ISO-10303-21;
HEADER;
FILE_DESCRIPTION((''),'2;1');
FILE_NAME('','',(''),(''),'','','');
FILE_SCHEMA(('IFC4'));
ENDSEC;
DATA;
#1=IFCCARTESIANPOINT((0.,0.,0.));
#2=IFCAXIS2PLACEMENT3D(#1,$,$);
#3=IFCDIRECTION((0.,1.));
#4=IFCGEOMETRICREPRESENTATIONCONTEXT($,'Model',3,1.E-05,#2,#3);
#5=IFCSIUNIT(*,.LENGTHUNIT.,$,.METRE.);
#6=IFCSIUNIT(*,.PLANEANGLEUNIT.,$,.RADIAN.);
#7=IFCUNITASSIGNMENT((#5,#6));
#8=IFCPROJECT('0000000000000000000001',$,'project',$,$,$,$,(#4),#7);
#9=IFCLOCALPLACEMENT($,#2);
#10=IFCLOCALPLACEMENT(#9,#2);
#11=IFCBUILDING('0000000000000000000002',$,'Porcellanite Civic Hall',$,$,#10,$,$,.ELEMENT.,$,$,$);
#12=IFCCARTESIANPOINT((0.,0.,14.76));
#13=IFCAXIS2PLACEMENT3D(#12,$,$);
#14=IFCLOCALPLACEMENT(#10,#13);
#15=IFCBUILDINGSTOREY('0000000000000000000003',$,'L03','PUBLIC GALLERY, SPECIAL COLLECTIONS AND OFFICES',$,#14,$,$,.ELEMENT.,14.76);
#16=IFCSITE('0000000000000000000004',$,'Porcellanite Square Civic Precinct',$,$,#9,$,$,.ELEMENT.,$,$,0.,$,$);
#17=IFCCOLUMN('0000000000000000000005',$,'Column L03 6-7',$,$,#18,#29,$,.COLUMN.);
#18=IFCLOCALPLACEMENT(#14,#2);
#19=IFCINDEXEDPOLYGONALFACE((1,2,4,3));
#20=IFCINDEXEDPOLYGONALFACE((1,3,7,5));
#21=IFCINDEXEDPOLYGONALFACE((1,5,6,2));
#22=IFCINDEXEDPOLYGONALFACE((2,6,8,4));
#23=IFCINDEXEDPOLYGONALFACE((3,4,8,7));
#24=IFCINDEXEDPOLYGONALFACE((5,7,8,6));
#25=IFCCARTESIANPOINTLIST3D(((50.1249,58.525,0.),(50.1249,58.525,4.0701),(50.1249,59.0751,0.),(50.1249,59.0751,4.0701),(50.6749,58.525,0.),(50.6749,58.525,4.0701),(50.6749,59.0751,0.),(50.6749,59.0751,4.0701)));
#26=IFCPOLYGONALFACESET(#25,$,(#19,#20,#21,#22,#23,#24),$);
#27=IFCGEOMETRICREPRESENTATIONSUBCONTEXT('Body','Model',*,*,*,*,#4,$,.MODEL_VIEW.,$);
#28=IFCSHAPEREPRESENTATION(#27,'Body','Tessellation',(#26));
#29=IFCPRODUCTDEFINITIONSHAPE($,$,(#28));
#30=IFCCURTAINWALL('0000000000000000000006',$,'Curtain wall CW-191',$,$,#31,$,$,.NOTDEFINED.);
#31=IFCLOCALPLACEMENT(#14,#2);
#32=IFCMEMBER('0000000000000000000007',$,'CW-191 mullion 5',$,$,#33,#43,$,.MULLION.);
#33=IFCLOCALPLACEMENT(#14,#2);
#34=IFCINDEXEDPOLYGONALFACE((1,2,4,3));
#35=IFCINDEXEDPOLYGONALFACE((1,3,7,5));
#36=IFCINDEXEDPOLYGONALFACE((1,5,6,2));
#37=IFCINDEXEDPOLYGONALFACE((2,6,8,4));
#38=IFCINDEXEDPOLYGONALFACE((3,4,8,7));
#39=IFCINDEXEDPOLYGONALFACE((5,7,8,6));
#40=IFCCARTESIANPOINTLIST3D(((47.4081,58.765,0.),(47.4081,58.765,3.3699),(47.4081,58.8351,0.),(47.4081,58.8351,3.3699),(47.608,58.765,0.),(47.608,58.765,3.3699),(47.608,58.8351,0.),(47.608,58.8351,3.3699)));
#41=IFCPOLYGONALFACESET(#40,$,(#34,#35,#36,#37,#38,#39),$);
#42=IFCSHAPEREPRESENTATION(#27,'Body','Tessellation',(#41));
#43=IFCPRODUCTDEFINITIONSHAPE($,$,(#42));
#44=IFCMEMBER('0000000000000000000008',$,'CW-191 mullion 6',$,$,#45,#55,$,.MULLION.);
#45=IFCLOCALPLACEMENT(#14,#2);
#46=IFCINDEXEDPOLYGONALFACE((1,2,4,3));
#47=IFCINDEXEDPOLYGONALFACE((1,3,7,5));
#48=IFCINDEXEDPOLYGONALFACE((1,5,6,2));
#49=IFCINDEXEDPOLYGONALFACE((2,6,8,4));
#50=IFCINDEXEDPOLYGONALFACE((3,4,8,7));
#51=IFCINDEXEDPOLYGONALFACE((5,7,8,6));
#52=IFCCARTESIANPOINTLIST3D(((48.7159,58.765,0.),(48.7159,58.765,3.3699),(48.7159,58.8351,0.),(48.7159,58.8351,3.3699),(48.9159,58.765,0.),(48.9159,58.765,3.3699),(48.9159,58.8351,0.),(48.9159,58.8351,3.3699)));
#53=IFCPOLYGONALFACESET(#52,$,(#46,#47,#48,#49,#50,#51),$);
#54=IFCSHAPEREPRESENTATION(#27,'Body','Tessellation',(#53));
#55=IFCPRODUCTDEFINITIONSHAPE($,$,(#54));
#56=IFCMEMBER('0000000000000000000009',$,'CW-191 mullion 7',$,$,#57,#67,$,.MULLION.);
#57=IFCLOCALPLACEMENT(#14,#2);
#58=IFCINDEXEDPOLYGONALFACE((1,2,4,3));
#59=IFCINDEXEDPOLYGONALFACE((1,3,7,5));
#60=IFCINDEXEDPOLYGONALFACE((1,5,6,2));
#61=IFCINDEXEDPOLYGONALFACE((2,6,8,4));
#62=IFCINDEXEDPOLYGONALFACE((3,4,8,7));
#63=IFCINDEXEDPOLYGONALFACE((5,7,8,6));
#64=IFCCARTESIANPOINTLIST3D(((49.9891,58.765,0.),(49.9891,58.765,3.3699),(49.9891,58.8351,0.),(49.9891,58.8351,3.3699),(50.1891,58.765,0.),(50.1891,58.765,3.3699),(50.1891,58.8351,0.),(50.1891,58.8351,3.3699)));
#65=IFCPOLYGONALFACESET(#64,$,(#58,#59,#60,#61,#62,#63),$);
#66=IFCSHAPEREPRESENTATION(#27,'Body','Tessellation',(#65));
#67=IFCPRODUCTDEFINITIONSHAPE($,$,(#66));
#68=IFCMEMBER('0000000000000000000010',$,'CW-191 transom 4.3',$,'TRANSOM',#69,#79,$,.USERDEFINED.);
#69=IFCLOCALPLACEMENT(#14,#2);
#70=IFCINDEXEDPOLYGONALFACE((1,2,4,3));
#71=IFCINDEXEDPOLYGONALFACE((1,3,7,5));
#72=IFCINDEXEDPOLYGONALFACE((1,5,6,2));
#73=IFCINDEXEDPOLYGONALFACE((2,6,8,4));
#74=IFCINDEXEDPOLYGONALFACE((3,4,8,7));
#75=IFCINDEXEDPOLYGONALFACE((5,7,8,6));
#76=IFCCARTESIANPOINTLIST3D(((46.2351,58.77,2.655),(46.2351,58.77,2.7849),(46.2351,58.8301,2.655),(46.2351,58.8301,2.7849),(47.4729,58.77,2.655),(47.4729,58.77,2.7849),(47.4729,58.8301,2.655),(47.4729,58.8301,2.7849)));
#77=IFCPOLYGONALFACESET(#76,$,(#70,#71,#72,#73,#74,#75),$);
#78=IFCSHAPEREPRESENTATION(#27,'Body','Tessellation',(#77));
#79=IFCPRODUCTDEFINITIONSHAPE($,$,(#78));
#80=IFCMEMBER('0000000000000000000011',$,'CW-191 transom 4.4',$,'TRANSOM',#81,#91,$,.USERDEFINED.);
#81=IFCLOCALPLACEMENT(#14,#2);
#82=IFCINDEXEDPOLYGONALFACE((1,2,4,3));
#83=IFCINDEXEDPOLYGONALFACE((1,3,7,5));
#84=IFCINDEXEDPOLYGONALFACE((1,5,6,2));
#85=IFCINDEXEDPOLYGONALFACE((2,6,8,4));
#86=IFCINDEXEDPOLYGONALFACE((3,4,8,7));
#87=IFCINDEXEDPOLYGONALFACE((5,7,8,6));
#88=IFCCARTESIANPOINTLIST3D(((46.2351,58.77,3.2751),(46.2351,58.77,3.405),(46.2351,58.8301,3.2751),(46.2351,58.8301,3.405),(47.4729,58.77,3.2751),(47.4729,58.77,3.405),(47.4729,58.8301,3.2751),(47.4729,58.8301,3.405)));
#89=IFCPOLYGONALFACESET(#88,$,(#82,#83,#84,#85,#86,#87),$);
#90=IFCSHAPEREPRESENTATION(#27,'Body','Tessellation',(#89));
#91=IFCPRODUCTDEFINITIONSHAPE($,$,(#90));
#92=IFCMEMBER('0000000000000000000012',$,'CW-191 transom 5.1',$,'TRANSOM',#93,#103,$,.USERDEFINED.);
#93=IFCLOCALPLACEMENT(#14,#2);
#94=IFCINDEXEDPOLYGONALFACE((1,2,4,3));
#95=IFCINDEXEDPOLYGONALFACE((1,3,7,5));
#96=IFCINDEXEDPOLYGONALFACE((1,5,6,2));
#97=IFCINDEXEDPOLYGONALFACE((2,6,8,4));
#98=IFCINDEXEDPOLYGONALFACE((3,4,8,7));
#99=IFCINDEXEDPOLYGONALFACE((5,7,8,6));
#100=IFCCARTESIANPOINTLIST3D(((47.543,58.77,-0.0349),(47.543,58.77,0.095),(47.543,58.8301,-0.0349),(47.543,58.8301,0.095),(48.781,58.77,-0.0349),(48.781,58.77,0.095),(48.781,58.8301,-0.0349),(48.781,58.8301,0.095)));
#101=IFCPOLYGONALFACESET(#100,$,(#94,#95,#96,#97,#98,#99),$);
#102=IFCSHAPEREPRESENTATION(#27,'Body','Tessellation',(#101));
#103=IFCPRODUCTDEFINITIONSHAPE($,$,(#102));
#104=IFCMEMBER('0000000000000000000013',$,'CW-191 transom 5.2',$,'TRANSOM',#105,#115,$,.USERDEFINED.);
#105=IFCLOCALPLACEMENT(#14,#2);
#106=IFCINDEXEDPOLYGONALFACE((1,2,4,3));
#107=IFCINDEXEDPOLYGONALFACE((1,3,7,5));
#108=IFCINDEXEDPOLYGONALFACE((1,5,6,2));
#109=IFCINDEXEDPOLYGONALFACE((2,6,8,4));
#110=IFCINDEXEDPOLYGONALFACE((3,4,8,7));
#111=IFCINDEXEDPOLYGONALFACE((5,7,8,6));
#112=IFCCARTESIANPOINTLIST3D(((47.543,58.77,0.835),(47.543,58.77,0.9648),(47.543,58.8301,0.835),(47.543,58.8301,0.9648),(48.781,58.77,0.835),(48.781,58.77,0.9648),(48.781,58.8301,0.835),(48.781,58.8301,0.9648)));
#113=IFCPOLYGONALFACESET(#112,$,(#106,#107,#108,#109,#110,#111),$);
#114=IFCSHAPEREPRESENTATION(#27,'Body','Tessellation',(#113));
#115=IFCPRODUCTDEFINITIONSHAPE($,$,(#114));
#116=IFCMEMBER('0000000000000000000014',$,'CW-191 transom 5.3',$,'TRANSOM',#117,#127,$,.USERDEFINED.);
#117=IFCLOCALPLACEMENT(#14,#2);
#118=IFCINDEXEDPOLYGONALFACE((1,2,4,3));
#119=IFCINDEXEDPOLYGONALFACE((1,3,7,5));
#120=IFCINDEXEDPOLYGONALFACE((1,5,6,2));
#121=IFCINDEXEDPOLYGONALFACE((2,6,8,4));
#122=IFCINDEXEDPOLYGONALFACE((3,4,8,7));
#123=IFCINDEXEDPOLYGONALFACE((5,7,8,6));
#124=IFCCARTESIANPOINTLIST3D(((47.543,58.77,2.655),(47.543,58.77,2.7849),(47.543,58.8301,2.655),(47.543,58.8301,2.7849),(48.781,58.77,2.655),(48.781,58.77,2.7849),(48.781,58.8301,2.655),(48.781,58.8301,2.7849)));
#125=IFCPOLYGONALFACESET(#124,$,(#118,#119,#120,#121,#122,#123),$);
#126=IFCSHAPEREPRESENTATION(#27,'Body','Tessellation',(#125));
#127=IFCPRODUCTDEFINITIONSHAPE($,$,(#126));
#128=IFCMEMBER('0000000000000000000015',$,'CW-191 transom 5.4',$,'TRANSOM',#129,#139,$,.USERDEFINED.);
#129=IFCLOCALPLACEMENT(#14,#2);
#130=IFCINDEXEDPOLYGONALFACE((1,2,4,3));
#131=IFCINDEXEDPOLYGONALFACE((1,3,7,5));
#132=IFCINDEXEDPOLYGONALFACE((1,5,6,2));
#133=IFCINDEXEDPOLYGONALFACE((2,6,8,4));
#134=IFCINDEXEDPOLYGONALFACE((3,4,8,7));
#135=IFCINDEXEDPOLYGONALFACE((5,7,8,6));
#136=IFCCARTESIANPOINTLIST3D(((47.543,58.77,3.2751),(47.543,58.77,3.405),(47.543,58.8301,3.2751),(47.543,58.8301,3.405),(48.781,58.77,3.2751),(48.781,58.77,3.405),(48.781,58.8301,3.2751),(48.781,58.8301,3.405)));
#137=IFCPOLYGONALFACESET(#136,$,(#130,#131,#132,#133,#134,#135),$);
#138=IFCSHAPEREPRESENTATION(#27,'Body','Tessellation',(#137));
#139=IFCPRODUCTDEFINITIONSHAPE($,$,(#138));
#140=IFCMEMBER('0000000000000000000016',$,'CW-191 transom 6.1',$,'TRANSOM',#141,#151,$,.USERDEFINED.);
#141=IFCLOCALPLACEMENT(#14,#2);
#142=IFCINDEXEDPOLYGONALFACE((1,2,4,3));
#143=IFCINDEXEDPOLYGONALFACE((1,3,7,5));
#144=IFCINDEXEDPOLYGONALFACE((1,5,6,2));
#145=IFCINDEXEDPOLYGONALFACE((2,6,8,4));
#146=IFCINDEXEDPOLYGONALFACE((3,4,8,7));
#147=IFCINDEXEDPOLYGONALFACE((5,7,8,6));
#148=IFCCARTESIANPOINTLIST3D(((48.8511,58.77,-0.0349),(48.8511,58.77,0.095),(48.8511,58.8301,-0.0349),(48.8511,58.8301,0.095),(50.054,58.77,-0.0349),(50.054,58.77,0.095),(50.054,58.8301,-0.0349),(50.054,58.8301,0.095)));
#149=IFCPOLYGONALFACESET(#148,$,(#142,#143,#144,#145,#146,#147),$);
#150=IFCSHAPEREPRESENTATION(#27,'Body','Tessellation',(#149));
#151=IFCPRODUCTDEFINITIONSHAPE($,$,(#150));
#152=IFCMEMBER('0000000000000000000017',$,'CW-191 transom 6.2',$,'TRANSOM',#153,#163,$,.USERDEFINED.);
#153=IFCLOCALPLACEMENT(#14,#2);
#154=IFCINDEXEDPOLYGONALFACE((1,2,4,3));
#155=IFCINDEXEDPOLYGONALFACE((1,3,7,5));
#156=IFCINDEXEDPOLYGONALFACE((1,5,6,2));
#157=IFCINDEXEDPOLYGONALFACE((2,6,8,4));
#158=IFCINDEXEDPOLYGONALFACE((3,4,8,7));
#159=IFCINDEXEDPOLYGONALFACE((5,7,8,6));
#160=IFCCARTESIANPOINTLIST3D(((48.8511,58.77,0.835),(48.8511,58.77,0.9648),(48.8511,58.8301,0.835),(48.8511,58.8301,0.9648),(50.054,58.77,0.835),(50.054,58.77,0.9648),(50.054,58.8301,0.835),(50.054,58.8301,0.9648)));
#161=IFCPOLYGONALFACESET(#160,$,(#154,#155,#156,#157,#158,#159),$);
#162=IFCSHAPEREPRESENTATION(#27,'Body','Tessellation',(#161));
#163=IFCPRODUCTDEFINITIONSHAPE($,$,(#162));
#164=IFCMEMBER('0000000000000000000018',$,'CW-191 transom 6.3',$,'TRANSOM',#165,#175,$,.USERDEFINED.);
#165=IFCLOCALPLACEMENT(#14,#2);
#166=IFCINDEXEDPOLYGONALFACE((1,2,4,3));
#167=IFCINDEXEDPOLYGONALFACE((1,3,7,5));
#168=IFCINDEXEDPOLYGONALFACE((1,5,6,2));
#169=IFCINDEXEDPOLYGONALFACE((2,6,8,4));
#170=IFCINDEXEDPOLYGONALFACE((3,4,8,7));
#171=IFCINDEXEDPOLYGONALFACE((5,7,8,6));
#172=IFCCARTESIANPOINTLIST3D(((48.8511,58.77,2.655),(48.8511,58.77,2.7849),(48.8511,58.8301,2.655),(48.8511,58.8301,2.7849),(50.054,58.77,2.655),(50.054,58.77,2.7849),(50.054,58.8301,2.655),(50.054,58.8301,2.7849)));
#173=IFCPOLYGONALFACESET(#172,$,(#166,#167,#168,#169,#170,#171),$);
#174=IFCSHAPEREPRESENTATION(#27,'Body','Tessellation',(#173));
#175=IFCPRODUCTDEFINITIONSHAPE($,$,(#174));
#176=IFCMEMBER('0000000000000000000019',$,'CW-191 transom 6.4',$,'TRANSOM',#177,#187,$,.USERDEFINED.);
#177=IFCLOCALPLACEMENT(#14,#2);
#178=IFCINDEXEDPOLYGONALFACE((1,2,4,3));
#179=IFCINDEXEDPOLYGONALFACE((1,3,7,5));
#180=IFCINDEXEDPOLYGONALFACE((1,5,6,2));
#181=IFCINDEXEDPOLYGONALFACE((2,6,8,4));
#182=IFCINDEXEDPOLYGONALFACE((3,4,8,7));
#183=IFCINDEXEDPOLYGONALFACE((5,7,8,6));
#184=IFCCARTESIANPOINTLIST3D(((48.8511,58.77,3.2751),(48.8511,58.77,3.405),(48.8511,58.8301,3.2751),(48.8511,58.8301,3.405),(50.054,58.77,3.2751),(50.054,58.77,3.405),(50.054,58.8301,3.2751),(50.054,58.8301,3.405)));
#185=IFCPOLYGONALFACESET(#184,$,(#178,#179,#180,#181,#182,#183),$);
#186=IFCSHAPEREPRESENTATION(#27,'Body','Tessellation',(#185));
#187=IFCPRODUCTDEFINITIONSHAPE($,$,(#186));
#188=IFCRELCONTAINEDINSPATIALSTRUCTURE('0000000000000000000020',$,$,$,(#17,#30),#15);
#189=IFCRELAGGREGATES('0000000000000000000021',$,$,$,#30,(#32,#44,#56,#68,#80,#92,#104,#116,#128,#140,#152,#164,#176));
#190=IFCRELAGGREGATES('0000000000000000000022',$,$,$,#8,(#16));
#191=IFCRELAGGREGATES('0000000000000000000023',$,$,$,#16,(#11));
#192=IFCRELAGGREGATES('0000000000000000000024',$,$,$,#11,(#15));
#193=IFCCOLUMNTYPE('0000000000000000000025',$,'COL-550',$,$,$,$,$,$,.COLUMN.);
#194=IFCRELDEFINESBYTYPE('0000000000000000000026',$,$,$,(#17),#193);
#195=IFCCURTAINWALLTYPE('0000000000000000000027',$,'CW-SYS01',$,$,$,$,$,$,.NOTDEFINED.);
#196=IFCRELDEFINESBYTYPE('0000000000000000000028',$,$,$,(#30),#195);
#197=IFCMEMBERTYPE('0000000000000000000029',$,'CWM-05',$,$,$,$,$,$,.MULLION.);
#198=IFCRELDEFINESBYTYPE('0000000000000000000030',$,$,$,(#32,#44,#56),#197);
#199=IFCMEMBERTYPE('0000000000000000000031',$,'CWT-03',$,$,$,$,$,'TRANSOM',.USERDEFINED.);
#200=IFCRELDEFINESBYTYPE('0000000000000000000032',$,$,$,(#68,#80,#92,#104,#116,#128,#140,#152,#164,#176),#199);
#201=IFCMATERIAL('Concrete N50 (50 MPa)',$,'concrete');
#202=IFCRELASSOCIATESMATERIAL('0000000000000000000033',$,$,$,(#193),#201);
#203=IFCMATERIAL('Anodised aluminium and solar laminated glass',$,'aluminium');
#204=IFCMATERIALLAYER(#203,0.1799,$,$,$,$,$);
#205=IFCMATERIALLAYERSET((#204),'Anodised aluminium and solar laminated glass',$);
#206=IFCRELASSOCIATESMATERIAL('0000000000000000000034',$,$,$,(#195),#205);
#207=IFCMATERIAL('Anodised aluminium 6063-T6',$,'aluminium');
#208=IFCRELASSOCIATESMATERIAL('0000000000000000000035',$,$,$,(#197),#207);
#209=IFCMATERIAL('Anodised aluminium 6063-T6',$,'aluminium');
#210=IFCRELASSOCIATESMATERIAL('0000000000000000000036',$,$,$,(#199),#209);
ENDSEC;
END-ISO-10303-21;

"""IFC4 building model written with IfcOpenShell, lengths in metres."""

from ifc_helpers import new_model, si_unit, direction, frame, origin, origin_2d, place, context, subcontext, project, spatial, rectangle, extrude, material, layer, layer_set, material_profile, profile_set, type_object, element, aggregate, save


model = new_model("IFC4")

# Units and contexts
model_context = context("Model", 3, precision=1e-05, world=origin(), true_north=direction((0.0, 1.0)))
body_context = subcontext(model_context, "Body", "Model", "MODEL_VIEW")
ifc_project = project(units=[si_unit("LENGTHUNIT", "METRE"), si_unit("PLANEANGLEUNIT", "RADIAN")], contexts=[model_context])

# Site, building, storey
site_placement = place(None, origin())
site = spatial("IfcSite", under=ifc_project, at=site_placement, Name="Porcellanite Square Civic Precinct", CompositionType="ELEMENT", RefElevation=0.0)
building_placement = place(site_placement, origin())
building = spatial("IfcBuilding", under=site, at=building_placement, Name="Porcellanite Civic Hall", CompositionType="ELEMENT")
storey_placement = place(building_placement, frame((0.0, 0.0, 14.76)))
storey = spatial("IfcBuildingStorey", under=building, at=storey_placement, Name="L03", Description="PUBLIC GALLERY, SPECIAL COLLECTIONS AND OFFICES", CompositionType="ELEMENT", Elevation=14.76)

# Column
ifc_material_1 = material(Name="Concrete N50 (50 MPa)", Category="concrete")
ifc_material_profile_1 = material_profile(ifc_material_1, rectangle(XDim=0.55, YDim=0.55, at=origin_2d()), Name="RC-550x550")
ifc_profile_set_1 = profile_set([ifc_material_profile_1], Name="Concrete N50 (50 MPa)")
column_type = type_object("IfcColumnType", Name="COL-550", PredefinedType="COLUMN", material=ifc_profile_set_1)
column_placement = place(storey_placement, frame((50.3999, 58.8, 0.0), z_axis=(0.0, 0.0, 1.0), x_axis=(1.0, 0.0, 0.0)))
element("IfcColumn", 1, at=column_placement, inside=storey, type_object=column_type, Name="Column L03 6-7", PredefinedType="COLUMN", context=body_context, shape_type="SweptSolid", body=[
    extrude(rectangle(XDim=0.55, YDim=0.55, at=origin_2d()), origin(), (0.0, 0.0, 1.0), 4.0701),
])

# Curtain wall, members
ifc_material_2 = material(Name="Anodised aluminium and solar laminated glass", Category="aluminium")
ifc_layer_1 = layer(ifc_material_2, 0.1799)
ifc_layer_set_1 = layer_set([ifc_layer_1], Name="Anodised aluminium and solar laminated glass")
curtain_wall_type = type_object("IfcCurtainWallType", Name="CW-SYS01", PredefinedType="NOTDEFINED", material=ifc_layer_set_1)
curtain_wall_placement = place(storey_placement, origin())
curtain_wall = element("IfcCurtainWall", 2, at=curtain_wall_placement, inside=storey, type_object=curtain_wall_type, Name="Curtain wall CW-191", PredefinedType="NOTDEFINED")
ifc_material_3 = material(Name="Anodised aluminium 6063-T6", Category="aluminium")
ifc_material_profile_2 = material_profile(ifc_material_3, rectangle(XDim=0.0701, YDim=0.2, at=origin_2d()), Name="AL-70x200")
ifc_profile_set_2 = profile_set([ifc_material_profile_2], Name="Anodised aluminium 6063-T6")
member_type_1 = type_object("IfcMemberType", Name="CWM-05", PredefinedType="MULLION", material=ifc_profile_set_2)
member_1_placement = place(storey_placement, frame((47.5081, 58.8, 0.0), z_axis=(0.0, 0.0, 1.0), x_axis=(0.0, 1.0, 0.0)))
member_1 = element("IfcMember", 3, at=member_1_placement, type_object=member_type_1, Name="CW-191 mullion 5", PredefinedType="MULLION", context=body_context, shape_type="SweptSolid", body=[
    extrude(rectangle(XDim=0.0701, YDim=0.2, at=origin_2d()), origin(), (0.0, 0.0, 1.0), 3.3699),
])
member_2_placement = place(storey_placement, frame((48.8159, 58.8, 0.0), z_axis=(0.0, 0.0, 1.0), x_axis=(0.0, 1.0, 0.0)))
member_2 = element("IfcMember", 4, at=member_2_placement, type_object=member_type_1, Name="CW-191 mullion 6", PredefinedType="MULLION", context=body_context, shape_type="SweptSolid", body=[
    extrude(rectangle(XDim=0.0701, YDim=0.2, at=origin_2d()), origin(), (0.0, 0.0, 1.0), 3.3699),
])
member_3_placement = place(storey_placement, frame((50.0891, 58.8, 0.0), z_axis=(0.0, 0.0, 1.0), x_axis=(0.0, 1.0, 0.0)))
member_3 = element("IfcMember", 5, at=member_3_placement, type_object=member_type_1, Name="CW-191 mullion 7", PredefinedType="MULLION", context=body_context, shape_type="SweptSolid", body=[
    extrude(rectangle(XDim=0.0701, YDim=0.2, at=origin_2d()), origin(), (0.0, 0.0, 1.0), 3.3699),
])
ifc_material_4 = material(Name="Anodised aluminium 6063-T6", Category="aluminium")
ifc_material_profile_3 = material_profile(ifc_material_4, rectangle(XDim=0.0601, YDim=0.1299, at=origin_2d()), Name="AL-60x130")
ifc_profile_set_3 = profile_set([ifc_material_profile_3], Name="Anodised aluminium 6063-T6")
member_type_2 = type_object("IfcMemberType", Name="CWT-03", ElementType="TRANSOM", PredefinedType="USERDEFINED", material=ifc_profile_set_3)
member_4_placement = place(storey_placement, frame((46.2351, 58.8, 2.72), z_axis=(1.0, 0.0, 0.0), x_axis=(0.0, 1.0, 0.0)))
member_4 = element("IfcMember", 6, at=member_4_placement, type_object=member_type_2, Name="CW-191 transom 4.3", ObjectType="TRANSOM", PredefinedType="USERDEFINED", context=body_context, shape_type="SweptSolid", body=[
    extrude(rectangle(XDim=0.0601, YDim=0.1299, at=origin_2d()), origin(), (0.0, 0.0, 1.0), 1.2378),
])
member_5_placement = place(storey_placement, frame((46.2351, 58.8, 3.3401), z_axis=(1.0, 0.0, 0.0), x_axis=(0.0, 1.0, 0.0)))
member_5 = element("IfcMember", 7, at=member_5_placement, type_object=member_type_2, Name="CW-191 transom 4.4", ObjectType="TRANSOM", PredefinedType="USERDEFINED", context=body_context, shape_type="SweptSolid", body=[
    extrude(rectangle(XDim=0.0601, YDim=0.1299, at=origin_2d()), origin(), (0.0, 0.0, 1.0), 1.2378),
])
member_6_placement = place(storey_placement, frame((47.543, 58.8, 0.03), z_axis=(1.0, 0.0, 0.0), x_axis=(0.0, 1.0, 0.0)))
member_6 = element("IfcMember", 8, at=member_6_placement, type_object=member_type_2, Name="CW-191 transom 5.1", ObjectType="TRANSOM", PredefinedType="USERDEFINED", context=body_context, shape_type="SweptSolid", body=[
    extrude(rectangle(XDim=0.0601, YDim=0.1299, at=origin_2d()), origin(), (0.0, 0.0, 1.0), 1.238),
])
member_7_placement = place(storey_placement, frame((47.543, 58.8, 0.8999), z_axis=(1.0, 0.0, 0.0), x_axis=(0.0, 1.0, 0.0)))
member_7 = element("IfcMember", 9, at=member_7_placement, type_object=member_type_2, Name="CW-191 transom 5.2", ObjectType="TRANSOM", PredefinedType="USERDEFINED", context=body_context, shape_type="SweptSolid", body=[
    extrude(rectangle(XDim=0.0601, YDim=0.1299, at=origin_2d()), origin(), (0.0, 0.0, 1.0), 1.238),
])
member_8_placement = place(storey_placement, frame((47.543, 58.8, 2.72), z_axis=(1.0, 0.0, 0.0), x_axis=(0.0, 1.0, 0.0)))
member_8 = element("IfcMember", 10, at=member_8_placement, type_object=member_type_2, Name="CW-191 transom 5.3", ObjectType="TRANSOM", PredefinedType="USERDEFINED", context=body_context, shape_type="SweptSolid", body=[
    extrude(rectangle(XDim=0.0601, YDim=0.1299, at=origin_2d()), origin(), (0.0, 0.0, 1.0), 1.238),
])
member_9_placement = place(storey_placement, frame((47.543, 58.8, 3.3401), z_axis=(1.0, 0.0, 0.0), x_axis=(0.0, 1.0, 0.0)))
member_9 = element("IfcMember", 11, at=member_9_placement, type_object=member_type_2, Name="CW-191 transom 5.4", ObjectType="TRANSOM", PredefinedType="USERDEFINED", context=body_context, shape_type="SweptSolid", body=[
    extrude(rectangle(XDim=0.0601, YDim=0.1299, at=origin_2d()), origin(), (0.0, 0.0, 1.0), 1.238),
])
member_10_placement = place(storey_placement, frame((48.8511, 58.8, 0.03), z_axis=(1.0, 0.0, 0.0), x_axis=(0.0, 1.0, 0.0)))
member_10 = element("IfcMember", 12, at=member_10_placement, type_object=member_type_2, Name="CW-191 transom 6.1", ObjectType="TRANSOM", PredefinedType="USERDEFINED", context=body_context, shape_type="SweptSolid", body=[
    extrude(rectangle(XDim=0.0601, YDim=0.1299, at=origin_2d()), origin(), (0.0, 0.0, 1.0), 1.2029),
])
member_11_placement = place(storey_placement, frame((48.8511, 58.8, 0.8999), z_axis=(1.0, 0.0, 0.0), x_axis=(0.0, 1.0, 0.0)))
member_11 = element("IfcMember", 13, at=member_11_placement, type_object=member_type_2, Name="CW-191 transom 6.2", ObjectType="TRANSOM", PredefinedType="USERDEFINED", context=body_context, shape_type="SweptSolid", body=[
    extrude(rectangle(XDim=0.0601, YDim=0.1299, at=origin_2d()), origin(), (0.0, 0.0, 1.0), 1.2029),
])
member_12_placement = place(storey_placement, frame((48.8511, 58.8, 2.72), z_axis=(1.0, 0.0, 0.0), x_axis=(0.0, 1.0, 0.0)))
member_12 = element("IfcMember", 14, at=member_12_placement, type_object=member_type_2, Name="CW-191 transom 6.3", ObjectType="TRANSOM", PredefinedType="USERDEFINED", context=body_context, shape_type="SweptSolid", body=[
    extrude(rectangle(XDim=0.0601, YDim=0.1299, at=origin_2d()), origin(), (0.0, 0.0, 1.0), 1.2029),
])
member_13_placement = place(storey_placement, frame((48.8511, 58.8, 3.3401), z_axis=(1.0, 0.0, 0.0), x_axis=(0.0, 1.0, 0.0)))
member_13 = element("IfcMember", 15, at=member_13_placement, type_object=member_type_2, Name="CW-191 transom 6.4", ObjectType="TRANSOM", PredefinedType="USERDEFINED", context=body_context, shape_type="SweptSolid", body=[
    extrude(rectangle(XDim=0.0601, YDim=0.1299, at=origin_2d()), origin(), (0.0, 0.0, 1.0), 1.2029),
])

aggregate(curtain_wall, [member_1, member_2, member_3, member_4, member_5, member_6, member_7, member_8, member_9, member_10, member_11, member_12, member_13])

save(model, "model.ifc")
